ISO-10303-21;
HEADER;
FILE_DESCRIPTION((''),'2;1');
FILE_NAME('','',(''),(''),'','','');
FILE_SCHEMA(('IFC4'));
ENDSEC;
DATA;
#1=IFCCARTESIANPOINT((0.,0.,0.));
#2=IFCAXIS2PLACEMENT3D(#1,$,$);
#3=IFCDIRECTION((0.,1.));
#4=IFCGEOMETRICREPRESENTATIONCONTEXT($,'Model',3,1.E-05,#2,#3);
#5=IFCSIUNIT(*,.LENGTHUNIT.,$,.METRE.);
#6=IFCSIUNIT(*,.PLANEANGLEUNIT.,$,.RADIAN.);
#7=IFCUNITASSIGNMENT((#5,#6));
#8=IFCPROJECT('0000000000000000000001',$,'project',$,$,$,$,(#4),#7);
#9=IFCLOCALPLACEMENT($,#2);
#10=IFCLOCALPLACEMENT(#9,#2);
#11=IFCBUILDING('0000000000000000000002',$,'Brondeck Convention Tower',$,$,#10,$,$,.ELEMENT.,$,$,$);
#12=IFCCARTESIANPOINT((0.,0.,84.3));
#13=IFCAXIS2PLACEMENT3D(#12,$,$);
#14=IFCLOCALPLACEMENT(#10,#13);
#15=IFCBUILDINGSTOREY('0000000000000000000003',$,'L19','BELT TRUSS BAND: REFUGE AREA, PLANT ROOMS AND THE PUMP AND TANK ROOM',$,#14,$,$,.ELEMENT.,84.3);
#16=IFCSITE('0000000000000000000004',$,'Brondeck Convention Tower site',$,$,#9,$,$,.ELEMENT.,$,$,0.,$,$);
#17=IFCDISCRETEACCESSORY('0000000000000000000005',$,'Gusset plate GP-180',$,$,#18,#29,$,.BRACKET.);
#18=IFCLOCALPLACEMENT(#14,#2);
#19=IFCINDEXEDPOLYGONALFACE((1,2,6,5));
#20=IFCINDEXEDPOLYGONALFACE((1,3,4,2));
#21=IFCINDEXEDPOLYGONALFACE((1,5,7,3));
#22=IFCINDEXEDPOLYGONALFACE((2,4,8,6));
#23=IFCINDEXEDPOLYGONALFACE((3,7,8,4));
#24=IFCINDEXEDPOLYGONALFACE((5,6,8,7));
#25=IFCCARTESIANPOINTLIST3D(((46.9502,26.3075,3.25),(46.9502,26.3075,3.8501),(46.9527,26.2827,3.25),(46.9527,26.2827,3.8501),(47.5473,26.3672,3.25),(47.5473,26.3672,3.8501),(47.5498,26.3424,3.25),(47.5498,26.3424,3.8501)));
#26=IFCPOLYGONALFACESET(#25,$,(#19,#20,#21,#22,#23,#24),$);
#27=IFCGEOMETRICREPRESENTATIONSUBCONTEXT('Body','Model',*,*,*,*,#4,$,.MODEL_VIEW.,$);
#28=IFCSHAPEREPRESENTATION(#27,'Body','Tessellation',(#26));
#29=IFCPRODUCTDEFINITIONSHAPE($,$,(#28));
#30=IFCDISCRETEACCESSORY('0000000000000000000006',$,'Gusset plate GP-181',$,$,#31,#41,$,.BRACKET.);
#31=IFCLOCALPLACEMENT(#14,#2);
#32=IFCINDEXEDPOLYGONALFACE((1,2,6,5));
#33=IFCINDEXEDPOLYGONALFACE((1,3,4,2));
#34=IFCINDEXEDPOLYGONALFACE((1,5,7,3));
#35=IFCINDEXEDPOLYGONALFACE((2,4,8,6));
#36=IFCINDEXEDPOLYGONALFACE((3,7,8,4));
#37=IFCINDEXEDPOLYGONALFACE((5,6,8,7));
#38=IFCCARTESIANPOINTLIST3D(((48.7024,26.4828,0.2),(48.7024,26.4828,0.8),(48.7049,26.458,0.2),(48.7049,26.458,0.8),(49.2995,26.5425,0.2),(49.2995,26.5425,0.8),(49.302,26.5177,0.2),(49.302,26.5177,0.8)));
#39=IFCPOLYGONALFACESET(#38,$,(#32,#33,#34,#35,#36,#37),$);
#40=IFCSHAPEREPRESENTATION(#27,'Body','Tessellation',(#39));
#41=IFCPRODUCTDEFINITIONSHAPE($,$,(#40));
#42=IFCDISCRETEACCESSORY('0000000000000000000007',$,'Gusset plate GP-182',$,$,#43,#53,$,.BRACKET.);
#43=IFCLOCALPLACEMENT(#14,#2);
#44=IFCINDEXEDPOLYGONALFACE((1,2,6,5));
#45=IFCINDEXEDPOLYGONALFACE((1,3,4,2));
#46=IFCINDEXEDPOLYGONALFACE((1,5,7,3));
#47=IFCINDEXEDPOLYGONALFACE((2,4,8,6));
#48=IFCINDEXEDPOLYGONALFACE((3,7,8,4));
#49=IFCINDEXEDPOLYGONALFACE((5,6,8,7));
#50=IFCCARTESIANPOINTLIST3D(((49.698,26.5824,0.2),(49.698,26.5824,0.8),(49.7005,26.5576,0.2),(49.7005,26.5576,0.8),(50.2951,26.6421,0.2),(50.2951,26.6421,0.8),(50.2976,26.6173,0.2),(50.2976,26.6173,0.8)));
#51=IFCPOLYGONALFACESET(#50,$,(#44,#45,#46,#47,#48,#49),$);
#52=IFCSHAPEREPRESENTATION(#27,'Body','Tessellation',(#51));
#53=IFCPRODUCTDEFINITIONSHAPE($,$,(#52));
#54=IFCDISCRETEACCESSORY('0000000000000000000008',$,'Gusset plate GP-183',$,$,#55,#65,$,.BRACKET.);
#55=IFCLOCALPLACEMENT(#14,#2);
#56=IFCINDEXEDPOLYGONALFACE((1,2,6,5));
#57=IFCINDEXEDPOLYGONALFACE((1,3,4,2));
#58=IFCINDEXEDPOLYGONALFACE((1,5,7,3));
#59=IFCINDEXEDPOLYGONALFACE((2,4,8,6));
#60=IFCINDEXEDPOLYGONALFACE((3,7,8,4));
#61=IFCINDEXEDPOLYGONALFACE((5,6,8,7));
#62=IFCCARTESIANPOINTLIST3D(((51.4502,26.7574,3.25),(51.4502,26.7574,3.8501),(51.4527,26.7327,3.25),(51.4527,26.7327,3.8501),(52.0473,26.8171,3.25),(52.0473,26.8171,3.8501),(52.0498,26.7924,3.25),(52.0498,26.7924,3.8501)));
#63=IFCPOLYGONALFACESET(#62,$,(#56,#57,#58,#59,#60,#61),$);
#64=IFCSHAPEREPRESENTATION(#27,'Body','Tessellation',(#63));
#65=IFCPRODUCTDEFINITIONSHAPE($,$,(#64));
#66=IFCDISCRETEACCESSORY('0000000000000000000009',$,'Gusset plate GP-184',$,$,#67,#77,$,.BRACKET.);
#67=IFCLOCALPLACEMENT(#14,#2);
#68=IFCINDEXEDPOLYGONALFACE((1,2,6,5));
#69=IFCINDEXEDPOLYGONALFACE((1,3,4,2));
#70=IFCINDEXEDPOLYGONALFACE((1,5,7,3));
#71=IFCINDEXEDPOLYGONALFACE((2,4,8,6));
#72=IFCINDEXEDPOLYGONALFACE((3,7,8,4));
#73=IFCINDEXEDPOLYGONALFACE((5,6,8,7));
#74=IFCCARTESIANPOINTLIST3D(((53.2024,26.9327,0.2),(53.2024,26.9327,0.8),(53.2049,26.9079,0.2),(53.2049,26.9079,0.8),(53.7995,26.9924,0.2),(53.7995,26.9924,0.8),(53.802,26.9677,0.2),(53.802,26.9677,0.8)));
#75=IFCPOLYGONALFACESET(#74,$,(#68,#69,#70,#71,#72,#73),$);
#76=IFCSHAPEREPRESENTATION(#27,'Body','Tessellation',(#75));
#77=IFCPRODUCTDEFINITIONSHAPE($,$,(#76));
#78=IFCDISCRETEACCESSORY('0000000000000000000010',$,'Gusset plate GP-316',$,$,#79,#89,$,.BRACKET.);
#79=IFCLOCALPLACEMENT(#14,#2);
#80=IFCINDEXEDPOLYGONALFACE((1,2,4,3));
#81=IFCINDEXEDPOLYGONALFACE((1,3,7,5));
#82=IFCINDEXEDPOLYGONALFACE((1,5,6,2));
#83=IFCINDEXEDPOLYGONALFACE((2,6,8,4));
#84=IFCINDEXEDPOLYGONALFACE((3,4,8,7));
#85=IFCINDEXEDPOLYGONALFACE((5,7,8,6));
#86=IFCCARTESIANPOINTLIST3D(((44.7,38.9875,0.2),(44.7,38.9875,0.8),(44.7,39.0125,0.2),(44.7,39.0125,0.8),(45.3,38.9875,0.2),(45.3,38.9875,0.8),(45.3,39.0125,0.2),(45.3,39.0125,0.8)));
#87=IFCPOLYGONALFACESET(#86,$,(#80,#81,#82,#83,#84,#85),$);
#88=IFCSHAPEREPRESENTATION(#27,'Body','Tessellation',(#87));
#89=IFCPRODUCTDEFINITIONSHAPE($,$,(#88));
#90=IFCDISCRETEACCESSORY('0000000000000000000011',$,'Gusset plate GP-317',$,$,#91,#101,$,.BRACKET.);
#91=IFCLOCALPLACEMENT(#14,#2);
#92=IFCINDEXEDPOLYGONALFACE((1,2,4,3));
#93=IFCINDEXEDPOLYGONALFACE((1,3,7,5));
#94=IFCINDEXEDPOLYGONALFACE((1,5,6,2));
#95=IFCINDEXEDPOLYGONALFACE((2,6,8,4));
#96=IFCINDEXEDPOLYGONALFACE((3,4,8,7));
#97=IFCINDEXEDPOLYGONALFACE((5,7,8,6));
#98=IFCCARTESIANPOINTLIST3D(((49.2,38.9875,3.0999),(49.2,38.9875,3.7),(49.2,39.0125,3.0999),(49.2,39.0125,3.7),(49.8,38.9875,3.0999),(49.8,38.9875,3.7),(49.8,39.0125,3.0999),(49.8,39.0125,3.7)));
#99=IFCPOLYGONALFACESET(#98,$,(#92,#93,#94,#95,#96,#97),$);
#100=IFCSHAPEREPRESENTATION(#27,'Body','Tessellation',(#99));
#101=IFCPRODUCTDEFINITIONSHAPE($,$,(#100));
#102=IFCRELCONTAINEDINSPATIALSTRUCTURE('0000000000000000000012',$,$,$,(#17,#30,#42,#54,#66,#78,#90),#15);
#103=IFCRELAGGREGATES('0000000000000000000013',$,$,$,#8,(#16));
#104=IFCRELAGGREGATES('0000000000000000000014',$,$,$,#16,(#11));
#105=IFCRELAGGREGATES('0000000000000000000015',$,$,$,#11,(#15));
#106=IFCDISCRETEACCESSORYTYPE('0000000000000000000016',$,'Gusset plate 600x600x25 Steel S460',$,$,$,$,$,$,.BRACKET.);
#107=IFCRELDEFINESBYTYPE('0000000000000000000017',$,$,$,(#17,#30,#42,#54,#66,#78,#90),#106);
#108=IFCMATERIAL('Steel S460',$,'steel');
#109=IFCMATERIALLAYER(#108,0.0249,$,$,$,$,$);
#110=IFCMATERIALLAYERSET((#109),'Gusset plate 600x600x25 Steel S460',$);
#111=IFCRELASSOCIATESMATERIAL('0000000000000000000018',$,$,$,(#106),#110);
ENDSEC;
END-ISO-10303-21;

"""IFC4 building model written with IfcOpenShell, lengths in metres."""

from ifc_helpers import new_model, si_unit, direction, frame, origin, origin_2d, place, context, subcontext, project, spatial, rectangle, extrude, material, layer, layer_set, type_object, element, save


model = new_model("IFC4")

# Units and contexts
model_context = context("Model", 3, precision=1e-05, world=origin(), true_north=direction((0.0, 1.0)))
body_context = subcontext(model_context, "Body", "Model", "MODEL_VIEW")
ifc_project = project(units=[si_unit("LENGTHUNIT", "METRE"), si_unit("PLANEANGLEUNIT", "RADIAN")], contexts=[model_context])

# Site, building, storey
site_placement = place(None, origin())
site = spatial("IfcSite", under=ifc_project, at=site_placement, Name="Brondeck Convention Tower site", CompositionType="ELEMENT", RefElevation=0.0)
building_placement = place(site_placement, origin())
building = spatial("IfcBuilding", under=site, at=building_placement, Name="Brondeck Convention Tower", CompositionType="ELEMENT")
storey_placement = place(building_placement, frame((0.0, 0.0, 84.3)))
storey = spatial("IfcBuildingStorey", under=building, at=storey_placement, Name="L19", Description="BELT TRUSS BAND: REFUGE AREA, PLANT ROOMS AND THE PUMP AND TANK ROOM", CompositionType="ELEMENT", Elevation=84.3)

# Shared definitions
ifc_material_1 = material(Name="Steel S460", Category="steel")

# Discrete accessories
ifc_layer = layer(ifc_material_1, 0.0249)
ifc_layer_set = layer_set([ifc_layer], Name="Gusset plate 600x600x25 Steel S460")
discrete_accessory_type = type_object("IfcDiscreteAccessoryType", Name="Gusset plate 600x600x25 Steel S460", PredefinedType="BRACKET", material=ifc_layer_set)
for number, where, z_axis, x_axis, name in (
    (1, (47.25, 26.325, 3.25), (0.0, 0.0, 1.0), (0.995036, 0.099511, 0.0), "Gusset plate GP-180"),
    (2, (49.0022, 26.5002, 0.2), (0.0, 0.0, 1.0), (0.995036, 0.099511, 0.0), "Gusset plate GP-181"),
    (3, (49.9978, 26.5999, 0.2), (0.0, 0.0, 1.0), (0.995036, 0.099511, 0.0), "Gusset plate GP-182"),
    (4, (51.75, 26.7749, 3.25), (0.0, 0.0, 1.0), (0.995036, 0.099511, 0.0), "Gusset plate GP-183"),
    (5, (53.5022, 26.9502, 0.2), (0.0, 0.0, 1.0), (0.995036, 0.099511, 0.0), "Gusset plate GP-184"),
    (6, (45.0, 39.0, 0.2), (0.0, 0.0, 1.0), (1.0, 0.0, 0.0), "Gusset plate GP-316"),
    (7, (49.5, 39.0, 3.0999), (0.0, 0.0, 1.0), (1.0, 0.0, 0.0), "Gusset plate GP-317"),
):
    element("IfcDiscreteAccessory", number, at=place(storey_placement, frame(where, z_axis=z_axis, x_axis=x_axis)), inside=storey, type_object=discrete_accessory_type, Name=name, PredefinedType="BRACKET", context=body_context, shape_type="SweptSolid", body=[
        extrude(rectangle(XDim=0.6001, YDim=0.0249, at=origin_2d()), origin(), (0.0, 0.0, 1.0), 0.6001),
    ])

save(model, "model.ifc")
